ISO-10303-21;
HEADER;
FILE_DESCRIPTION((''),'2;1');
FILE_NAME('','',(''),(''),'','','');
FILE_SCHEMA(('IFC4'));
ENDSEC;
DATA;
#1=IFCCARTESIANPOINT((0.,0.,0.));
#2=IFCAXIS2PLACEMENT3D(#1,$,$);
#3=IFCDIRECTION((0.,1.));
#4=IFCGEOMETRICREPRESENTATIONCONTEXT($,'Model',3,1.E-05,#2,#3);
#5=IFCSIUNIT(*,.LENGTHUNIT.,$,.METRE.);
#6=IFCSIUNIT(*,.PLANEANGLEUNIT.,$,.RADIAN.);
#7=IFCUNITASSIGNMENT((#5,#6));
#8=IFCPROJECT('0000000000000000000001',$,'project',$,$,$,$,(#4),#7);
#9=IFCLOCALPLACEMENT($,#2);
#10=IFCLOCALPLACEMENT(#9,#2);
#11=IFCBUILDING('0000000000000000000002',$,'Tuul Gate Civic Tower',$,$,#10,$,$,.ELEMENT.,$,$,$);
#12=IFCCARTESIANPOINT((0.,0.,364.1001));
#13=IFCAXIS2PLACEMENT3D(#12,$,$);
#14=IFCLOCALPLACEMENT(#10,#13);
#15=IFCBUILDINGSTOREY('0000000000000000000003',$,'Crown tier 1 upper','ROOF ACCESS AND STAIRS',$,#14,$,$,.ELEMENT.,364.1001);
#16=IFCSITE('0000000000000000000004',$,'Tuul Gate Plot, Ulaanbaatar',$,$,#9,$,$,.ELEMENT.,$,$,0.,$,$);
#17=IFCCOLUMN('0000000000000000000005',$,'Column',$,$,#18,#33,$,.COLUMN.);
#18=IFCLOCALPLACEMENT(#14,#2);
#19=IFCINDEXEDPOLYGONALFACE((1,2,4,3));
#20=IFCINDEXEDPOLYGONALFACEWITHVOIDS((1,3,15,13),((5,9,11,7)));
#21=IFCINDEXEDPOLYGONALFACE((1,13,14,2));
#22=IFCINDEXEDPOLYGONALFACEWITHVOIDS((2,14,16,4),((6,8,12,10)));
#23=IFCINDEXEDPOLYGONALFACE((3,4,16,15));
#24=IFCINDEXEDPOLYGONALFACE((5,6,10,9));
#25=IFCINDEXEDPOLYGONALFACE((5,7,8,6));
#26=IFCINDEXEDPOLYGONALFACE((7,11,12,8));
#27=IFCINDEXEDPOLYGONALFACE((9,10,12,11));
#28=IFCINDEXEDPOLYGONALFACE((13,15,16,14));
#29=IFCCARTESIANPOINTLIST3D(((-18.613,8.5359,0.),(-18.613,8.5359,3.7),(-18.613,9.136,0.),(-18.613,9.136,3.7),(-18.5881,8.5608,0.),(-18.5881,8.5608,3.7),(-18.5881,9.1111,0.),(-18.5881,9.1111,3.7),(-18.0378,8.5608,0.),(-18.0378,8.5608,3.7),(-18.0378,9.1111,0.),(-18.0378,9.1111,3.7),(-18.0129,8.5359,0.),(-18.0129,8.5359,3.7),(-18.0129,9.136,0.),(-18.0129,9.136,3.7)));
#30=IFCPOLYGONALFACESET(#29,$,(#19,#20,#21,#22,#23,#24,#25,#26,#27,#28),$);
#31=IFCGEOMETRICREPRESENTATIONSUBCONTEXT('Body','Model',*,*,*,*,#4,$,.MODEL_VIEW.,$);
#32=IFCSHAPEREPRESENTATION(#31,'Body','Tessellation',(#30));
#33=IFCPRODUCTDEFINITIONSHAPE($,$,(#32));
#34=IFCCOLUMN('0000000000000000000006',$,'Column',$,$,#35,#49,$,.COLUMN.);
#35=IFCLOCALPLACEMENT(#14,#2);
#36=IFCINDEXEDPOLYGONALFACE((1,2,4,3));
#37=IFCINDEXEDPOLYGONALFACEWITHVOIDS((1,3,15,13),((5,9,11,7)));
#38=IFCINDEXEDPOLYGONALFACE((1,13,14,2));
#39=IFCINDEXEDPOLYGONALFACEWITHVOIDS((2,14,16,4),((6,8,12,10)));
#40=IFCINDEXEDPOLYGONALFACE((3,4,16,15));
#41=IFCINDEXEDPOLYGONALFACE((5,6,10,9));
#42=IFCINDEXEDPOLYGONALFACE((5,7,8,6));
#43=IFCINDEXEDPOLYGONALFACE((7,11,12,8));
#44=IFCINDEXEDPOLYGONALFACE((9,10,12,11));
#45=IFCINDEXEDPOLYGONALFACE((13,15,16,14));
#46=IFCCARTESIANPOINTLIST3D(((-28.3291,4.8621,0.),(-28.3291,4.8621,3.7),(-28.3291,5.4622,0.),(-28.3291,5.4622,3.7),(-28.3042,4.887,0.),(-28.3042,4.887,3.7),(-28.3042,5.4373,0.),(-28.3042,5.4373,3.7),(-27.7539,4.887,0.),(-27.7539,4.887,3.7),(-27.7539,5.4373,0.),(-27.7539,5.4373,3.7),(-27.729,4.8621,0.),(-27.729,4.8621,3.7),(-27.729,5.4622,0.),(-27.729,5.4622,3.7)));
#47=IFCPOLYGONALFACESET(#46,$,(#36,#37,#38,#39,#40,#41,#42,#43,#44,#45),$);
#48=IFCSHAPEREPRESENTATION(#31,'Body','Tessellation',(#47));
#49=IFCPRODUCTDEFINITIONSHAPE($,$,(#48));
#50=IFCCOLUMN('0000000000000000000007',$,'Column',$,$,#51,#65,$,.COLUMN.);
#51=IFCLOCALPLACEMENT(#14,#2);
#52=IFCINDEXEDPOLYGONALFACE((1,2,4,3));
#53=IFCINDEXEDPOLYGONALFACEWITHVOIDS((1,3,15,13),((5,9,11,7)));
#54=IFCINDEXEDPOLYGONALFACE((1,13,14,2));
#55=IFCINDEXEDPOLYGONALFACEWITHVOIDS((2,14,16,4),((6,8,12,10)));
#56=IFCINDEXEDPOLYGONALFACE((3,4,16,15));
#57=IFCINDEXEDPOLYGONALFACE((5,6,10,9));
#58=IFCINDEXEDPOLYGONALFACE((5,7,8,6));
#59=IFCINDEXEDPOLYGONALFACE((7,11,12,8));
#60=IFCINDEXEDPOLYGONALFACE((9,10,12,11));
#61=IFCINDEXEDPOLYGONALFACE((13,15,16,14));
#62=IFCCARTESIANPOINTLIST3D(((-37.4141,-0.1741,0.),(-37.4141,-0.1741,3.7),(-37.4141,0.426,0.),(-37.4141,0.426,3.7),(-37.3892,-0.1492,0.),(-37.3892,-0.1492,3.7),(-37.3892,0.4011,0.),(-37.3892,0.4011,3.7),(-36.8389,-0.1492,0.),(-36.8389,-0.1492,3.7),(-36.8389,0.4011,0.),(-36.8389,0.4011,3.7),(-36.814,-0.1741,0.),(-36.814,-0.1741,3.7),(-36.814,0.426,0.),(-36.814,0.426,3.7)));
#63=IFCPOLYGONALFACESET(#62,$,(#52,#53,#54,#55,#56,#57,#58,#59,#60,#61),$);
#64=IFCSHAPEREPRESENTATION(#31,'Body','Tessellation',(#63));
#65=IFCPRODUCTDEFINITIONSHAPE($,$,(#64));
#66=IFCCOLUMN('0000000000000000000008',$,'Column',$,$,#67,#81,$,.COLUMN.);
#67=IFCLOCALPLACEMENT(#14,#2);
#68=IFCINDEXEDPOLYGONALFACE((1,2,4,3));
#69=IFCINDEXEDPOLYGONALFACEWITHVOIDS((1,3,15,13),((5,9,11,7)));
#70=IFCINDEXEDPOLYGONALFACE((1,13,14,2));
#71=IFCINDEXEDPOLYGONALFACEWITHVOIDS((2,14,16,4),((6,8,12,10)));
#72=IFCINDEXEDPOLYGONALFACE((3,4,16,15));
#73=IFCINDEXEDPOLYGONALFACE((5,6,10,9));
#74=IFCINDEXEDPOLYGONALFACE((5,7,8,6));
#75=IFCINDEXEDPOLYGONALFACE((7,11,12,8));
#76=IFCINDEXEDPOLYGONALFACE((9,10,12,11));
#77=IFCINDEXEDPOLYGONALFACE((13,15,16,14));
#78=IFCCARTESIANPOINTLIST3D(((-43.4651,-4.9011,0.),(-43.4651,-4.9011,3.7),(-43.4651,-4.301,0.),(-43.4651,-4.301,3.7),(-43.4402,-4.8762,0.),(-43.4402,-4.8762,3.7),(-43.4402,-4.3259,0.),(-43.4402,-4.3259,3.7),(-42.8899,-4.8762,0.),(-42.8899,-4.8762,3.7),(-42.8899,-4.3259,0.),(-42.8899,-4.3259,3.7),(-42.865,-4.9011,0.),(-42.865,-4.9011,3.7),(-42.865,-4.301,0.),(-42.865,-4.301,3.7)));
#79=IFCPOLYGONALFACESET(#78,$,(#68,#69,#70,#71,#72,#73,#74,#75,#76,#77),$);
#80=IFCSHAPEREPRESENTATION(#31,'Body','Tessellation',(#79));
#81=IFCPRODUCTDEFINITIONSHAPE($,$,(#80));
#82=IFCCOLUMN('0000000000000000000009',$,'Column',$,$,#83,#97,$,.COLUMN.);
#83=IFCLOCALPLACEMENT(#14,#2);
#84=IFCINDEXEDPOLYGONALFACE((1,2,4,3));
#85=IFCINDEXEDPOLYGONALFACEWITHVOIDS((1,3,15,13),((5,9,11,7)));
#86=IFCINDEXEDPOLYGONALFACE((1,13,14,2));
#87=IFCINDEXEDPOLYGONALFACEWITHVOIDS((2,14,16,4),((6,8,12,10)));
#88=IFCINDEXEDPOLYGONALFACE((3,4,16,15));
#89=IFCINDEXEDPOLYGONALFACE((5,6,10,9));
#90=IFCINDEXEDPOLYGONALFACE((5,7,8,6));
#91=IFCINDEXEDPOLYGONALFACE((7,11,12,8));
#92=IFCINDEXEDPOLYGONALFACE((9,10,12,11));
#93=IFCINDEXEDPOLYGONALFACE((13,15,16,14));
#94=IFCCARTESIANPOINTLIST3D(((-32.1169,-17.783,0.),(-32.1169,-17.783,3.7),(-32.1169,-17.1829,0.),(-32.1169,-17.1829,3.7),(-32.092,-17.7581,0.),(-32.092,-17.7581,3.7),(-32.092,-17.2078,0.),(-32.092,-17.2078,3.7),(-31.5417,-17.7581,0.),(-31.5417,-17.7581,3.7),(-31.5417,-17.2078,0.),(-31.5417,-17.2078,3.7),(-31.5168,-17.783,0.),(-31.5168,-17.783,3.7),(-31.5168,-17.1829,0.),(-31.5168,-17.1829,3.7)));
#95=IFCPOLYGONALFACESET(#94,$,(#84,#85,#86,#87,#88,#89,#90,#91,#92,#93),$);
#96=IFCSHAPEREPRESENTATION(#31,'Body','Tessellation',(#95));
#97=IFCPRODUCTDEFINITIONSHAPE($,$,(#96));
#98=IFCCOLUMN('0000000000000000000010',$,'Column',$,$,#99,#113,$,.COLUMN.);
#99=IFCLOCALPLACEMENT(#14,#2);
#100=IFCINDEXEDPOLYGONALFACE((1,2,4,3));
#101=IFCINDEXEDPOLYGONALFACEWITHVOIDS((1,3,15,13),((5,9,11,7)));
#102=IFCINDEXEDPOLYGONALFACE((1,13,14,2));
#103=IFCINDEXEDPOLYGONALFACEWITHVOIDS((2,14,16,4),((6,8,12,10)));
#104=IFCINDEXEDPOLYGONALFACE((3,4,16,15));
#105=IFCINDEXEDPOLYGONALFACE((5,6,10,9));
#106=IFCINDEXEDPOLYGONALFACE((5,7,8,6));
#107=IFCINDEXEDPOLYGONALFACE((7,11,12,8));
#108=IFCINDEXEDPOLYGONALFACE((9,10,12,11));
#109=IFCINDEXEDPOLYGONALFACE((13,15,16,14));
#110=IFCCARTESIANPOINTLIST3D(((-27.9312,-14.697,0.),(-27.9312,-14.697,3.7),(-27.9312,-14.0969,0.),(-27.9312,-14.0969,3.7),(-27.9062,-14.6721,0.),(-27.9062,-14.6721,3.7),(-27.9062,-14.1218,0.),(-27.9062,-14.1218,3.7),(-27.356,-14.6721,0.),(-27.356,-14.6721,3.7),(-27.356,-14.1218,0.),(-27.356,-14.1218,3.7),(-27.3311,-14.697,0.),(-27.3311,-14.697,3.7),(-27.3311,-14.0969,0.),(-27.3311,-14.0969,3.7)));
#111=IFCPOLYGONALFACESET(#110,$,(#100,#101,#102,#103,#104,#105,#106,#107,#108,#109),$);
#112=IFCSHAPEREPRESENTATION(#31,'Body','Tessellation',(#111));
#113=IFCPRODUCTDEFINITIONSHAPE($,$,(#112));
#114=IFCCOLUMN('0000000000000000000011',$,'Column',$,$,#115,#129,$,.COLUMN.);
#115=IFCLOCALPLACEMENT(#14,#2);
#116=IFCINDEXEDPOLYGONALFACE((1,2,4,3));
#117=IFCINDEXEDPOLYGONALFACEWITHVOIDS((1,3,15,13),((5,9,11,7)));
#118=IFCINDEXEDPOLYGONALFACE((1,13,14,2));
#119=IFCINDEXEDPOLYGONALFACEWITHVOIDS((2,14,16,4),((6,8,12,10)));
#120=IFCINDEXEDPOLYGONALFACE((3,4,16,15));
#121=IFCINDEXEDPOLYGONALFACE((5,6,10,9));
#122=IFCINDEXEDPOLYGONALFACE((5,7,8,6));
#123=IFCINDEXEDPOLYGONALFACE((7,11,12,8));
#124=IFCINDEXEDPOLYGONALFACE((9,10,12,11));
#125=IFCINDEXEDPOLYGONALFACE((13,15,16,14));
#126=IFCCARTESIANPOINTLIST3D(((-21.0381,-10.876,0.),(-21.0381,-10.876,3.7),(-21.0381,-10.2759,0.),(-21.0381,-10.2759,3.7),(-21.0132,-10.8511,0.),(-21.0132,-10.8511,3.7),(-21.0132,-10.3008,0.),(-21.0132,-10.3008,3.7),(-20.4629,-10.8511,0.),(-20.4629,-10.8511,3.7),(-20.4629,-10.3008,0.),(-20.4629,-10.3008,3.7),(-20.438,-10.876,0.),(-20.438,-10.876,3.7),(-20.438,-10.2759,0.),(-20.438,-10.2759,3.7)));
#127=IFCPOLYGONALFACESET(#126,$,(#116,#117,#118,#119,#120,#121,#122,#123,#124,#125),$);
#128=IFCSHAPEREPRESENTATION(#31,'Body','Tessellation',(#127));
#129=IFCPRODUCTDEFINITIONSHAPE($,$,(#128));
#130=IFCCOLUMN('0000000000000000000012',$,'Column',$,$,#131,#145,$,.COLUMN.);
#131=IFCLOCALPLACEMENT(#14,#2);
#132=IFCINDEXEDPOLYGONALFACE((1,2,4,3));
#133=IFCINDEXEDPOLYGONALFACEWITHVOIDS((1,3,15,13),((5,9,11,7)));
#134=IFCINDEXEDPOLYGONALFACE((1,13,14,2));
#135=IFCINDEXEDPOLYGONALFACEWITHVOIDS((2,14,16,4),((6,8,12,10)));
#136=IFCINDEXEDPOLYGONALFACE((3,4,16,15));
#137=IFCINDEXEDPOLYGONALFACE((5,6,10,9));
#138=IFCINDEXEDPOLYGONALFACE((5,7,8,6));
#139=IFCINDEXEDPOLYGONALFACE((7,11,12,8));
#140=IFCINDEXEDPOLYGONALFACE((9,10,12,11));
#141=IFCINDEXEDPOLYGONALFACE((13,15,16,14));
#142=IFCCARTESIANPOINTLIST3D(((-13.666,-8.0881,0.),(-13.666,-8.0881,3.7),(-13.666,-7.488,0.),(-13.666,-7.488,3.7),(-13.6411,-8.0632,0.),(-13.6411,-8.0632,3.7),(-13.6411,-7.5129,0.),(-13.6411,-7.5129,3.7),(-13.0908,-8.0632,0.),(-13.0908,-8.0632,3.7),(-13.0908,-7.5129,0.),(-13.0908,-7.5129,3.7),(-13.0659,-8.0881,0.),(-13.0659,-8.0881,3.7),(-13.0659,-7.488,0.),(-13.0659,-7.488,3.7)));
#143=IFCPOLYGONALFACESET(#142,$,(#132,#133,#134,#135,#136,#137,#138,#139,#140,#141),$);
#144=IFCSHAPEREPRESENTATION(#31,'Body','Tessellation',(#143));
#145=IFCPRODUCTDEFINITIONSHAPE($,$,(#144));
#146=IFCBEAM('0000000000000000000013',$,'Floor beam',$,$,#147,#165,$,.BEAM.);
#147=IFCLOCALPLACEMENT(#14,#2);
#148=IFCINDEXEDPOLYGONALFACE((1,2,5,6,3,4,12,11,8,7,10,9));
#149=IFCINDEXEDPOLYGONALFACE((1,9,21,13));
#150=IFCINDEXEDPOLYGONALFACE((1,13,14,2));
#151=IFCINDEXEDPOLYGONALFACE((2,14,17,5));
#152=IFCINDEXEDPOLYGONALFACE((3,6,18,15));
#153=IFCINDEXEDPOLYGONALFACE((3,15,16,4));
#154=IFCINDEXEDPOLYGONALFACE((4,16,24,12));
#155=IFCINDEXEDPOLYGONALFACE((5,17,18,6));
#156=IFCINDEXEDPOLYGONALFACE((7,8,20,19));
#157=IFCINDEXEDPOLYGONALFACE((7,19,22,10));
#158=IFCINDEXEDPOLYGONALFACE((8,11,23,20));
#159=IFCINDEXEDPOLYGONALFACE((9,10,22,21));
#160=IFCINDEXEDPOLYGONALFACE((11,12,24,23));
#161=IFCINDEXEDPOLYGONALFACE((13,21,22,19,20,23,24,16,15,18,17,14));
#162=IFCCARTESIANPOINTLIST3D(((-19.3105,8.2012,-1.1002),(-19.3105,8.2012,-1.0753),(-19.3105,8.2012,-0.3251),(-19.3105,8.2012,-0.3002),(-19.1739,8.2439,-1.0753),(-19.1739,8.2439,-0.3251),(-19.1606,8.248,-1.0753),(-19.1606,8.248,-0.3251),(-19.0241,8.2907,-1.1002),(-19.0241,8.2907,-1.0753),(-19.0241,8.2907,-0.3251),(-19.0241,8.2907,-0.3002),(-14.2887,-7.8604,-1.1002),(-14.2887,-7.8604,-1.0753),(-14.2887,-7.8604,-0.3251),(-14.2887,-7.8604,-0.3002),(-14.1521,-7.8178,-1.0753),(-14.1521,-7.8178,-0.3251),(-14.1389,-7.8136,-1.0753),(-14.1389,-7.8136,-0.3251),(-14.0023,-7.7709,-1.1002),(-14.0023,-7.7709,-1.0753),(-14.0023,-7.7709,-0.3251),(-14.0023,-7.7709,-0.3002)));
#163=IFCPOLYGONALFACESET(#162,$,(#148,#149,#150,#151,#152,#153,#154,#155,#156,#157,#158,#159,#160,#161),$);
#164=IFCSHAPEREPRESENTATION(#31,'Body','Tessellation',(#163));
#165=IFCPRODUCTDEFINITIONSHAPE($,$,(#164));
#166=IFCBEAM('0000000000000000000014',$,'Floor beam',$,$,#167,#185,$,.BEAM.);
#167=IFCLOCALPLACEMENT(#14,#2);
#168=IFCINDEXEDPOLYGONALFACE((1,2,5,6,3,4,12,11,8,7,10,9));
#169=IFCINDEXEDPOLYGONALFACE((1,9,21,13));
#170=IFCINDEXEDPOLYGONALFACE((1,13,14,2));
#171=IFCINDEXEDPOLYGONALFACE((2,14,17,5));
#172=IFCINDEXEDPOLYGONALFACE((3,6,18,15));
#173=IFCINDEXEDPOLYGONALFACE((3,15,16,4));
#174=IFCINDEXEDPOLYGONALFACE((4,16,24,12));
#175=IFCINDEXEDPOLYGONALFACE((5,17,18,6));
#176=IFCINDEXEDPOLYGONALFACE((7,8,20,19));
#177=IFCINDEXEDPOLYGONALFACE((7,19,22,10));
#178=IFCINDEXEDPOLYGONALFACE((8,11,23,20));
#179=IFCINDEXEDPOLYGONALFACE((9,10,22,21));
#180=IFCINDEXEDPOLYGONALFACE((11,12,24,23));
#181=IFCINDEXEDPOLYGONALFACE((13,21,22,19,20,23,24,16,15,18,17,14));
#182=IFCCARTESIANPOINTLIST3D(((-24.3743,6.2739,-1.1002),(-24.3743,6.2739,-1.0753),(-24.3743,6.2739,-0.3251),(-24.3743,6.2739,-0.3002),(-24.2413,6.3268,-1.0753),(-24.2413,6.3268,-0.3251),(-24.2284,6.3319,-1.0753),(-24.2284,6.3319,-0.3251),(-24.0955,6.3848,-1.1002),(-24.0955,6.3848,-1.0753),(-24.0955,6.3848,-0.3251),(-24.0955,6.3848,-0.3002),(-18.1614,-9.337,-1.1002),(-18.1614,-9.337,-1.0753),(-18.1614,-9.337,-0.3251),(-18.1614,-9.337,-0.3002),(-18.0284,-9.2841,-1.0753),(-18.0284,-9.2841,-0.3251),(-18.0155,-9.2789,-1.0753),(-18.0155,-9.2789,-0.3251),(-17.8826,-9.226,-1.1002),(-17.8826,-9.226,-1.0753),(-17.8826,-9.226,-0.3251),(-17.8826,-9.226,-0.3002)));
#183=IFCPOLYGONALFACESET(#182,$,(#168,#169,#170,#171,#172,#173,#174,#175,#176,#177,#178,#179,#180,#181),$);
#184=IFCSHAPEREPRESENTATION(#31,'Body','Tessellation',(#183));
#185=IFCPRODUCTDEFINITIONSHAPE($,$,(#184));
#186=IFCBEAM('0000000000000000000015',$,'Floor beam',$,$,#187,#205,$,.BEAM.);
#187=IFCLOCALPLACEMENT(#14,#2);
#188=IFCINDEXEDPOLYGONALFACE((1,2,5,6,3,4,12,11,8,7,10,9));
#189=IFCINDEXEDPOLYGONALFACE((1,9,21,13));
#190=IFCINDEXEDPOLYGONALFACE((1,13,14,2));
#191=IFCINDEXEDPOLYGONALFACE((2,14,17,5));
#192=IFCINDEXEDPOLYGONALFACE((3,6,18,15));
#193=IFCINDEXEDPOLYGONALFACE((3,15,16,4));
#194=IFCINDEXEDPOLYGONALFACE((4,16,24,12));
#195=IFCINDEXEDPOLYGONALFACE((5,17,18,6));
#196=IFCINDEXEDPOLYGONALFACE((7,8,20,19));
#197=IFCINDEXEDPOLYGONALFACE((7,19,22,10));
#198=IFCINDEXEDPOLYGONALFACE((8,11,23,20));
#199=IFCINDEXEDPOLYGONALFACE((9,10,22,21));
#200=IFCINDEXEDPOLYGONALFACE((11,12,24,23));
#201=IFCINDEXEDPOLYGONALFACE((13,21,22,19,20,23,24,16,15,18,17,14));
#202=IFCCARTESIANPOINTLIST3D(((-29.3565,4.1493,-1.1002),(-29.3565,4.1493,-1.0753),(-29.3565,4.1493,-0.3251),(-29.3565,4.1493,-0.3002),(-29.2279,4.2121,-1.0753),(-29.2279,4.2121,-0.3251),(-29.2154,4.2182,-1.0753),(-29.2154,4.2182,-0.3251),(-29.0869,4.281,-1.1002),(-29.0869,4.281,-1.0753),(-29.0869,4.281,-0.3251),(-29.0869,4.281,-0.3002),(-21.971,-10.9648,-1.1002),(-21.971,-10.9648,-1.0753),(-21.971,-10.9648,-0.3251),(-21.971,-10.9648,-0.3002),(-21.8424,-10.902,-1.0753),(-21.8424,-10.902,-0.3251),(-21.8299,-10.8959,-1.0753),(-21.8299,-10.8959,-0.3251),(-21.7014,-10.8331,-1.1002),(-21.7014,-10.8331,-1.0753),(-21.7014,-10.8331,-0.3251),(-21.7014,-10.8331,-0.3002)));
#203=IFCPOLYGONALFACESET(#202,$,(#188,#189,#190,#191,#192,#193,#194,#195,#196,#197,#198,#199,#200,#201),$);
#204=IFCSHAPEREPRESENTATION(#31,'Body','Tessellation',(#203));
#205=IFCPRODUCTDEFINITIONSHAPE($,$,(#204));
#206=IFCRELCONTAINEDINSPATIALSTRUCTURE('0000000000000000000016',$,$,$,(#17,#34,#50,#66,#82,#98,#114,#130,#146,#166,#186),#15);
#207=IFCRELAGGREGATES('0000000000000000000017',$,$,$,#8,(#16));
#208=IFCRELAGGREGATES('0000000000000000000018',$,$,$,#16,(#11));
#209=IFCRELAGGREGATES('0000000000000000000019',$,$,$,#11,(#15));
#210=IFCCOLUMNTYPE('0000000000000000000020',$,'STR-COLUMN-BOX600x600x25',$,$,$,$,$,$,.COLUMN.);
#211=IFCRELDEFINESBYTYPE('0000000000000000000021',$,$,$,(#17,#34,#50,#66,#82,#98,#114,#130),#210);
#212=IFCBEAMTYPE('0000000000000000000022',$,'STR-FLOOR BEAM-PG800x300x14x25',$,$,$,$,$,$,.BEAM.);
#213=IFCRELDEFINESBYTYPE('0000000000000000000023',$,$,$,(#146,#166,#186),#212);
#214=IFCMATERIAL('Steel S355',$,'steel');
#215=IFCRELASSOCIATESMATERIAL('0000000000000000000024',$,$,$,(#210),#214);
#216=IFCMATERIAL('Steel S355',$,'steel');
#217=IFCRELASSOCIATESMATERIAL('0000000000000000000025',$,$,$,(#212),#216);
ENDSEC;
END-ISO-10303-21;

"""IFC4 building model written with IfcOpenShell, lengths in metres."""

from ifc_helpers import new_model, si_unit, direction, frame, origin, origin_2d, place, context, subcontext, project, spatial, hollow_rectangle, i_section, extrude, material, material_profile, profile_set, type_object, element, save


model = new_model("IFC4")

# Units and contexts
model_context = context("Model", 3, precision=1e-05, world=origin(), true_north=direction((0.0, 1.0)))
body_context = subcontext(model_context, "Body", "Model", "MODEL_VIEW")
ifc_project = project(units=[si_unit("LENGTHUNIT", "METRE"), si_unit("PLANEANGLEUNIT", "RADIAN")], contexts=[model_context])

# Site, building, storey
site_placement = place(None, origin())
site = spatial("IfcSite", under=ifc_project, at=site_placement, Name="Tuul Gate Plot, Ulaanbaatar", CompositionType="ELEMENT", RefElevation=0.0)
building_placement = place(site_placement, origin())
building = spatial("IfcBuilding", under=site, at=building_placement, Name="Tuul Gate Civic Tower", CompositionType="ELEMENT")
storey_placement = place(building_placement, frame((0.0, 0.0, 364.1001)))
storey = spatial("IfcBuildingStorey", under=building, at=storey_placement, Name="Crown tier 1 upper", Description="ROOF ACCESS AND STAIRS", CompositionType="ELEMENT", Elevation=364.1001)

# Columns
ifc_material_1 = material(Name="Steel S355", Category="steel")
ifc_material_profile_1 = material_profile(ifc_material_1, hollow_rectangle(XDim=0.6001, YDim=0.6001, WallThickness=0.0249, at=origin_2d()), Name="BOX600x600x25")
ifc_profile_set_1 = profile_set([ifc_material_profile_1], Name="Steel S355")
column_type = type_object("IfcColumnType", Name="STR-COLUMN-BOX600x600x25", PredefinedType="COLUMN", material=ifc_profile_set_1)
for number, where, z_axis, x_axis, name in (
    (1, (-18.313, 8.8359, 0.0), (0.0, 0.0, 1.0), (1.0, 0.0, 0.0), "Column"),
    (2, (-28.0291, 5.1621, 0.0), (0.0, 0.0, 1.0), (1.0, 0.0, 0.0), "Column"),
    (3, (-37.114, 0.126, 0.0), (0.0, 0.0, 1.0), (1.0, 0.0, 0.0), "Column"),
    (4, (-43.165, -4.6011, 0.0), (0.0, 0.0, 1.0), (1.0, 0.0, 0.0), "Column"),
    (5, (-31.8169, -17.4829, 0.0), (0.0, 0.0, 1.0), (1.0, 0.0, 0.0), "Column"),
    (6, (-27.6311, -14.397, 0.0), (0.0, 0.0, 1.0), (1.0, 0.0, 0.0), "Column"),
    (7, (-20.738, -10.5759, 0.0), (0.0, 0.0, 1.0), (1.0, 0.0, 0.0), "Column"),
    (8, (-13.366, -7.7881, 0.0), (0.0, 0.0, 1.0), (1.0, 0.0, 0.0), "Column"),
):
    element("IfcColumn", number, at=place(storey_placement, frame(where, z_axis=z_axis, x_axis=x_axis)), inside=storey, type_object=column_type, Name=name, PredefinedType="COLUMN", context=body_context, shape_type="SweptSolid", body=[
        extrude(hollow_rectangle(XDim=0.6001, YDim=0.6001, WallThickness=0.0249, at=origin_2d()), origin(), (0.0, 0.0, 1.0), 3.7),
    ])

# Beams
ifc_material_2 = material(Name="Steel S355", Category="steel")
ifc_material_profile_2 = material_profile(ifc_material_2, i_section(OverallWidth=0.3, OverallDepth=0.8, WebThickness=0.0139, FlangeThickness=0.0249, at=origin_2d()), Name="PG800x300x14x25")
ifc_profile_set_2 = profile_set([ifc_material_profile_2], Name="Steel S355")
beam_type_1 = type_object("IfcBeamType", Name="STR-FLOOR BEAM-PG800x300x14x25", PredefinedType="BEAM", material=ifc_profile_set_2)
beam_1_placement = place(storey_placement, frame((-14.1455, -7.8157, -0.7002), z_axis=(-0.29841, 0.954438, 0.0), x_axis=(-0.954438, -0.29841, 0.0)))
element("IfcBeam", 9, at=beam_1_placement, inside=storey, type_object=beam_type_1, Name="Floor beam", PredefinedType="BEAM", context=body_context, shape_type="SweptSolid", body=[
    extrude(i_section(OverallWidth=0.3, OverallDepth=0.8, WebThickness=0.0139, FlangeThickness=0.0249, at=origin_2d()), origin(), (0.0, 0.0, 1.0), 16.8284),
])
beam_2_placement = place(storey_placement, frame((-18.022, -9.2815, -0.7002), z_axis=(-0.369777, 0.929121, 0.0), x_axis=(-0.929121, -0.369777, 0.0)))
element("IfcBeam", 10, at=beam_2_placement, inside=storey, type_object=beam_type_1, Name="Floor beam", PredefinedType="BEAM", context=body_context, shape_type="SweptSolid", body=[
    extrude(i_section(OverallWidth=0.3, OverallDepth=0.8, WebThickness=0.0139, FlangeThickness=0.0249, at=origin_2d()), origin(), (0.0, 0.0, 1.0), 16.8018),
])
beam_3_placement = place(storey_placement, frame((-21.8362, -10.8989, -0.7002), z_axis=(-0.439039, 0.898468, 0.0), x_axis=(-0.898468, -0.439039, 0.0)))
element("IfcBeam", 11, at=beam_3_placement, inside=storey, type_object=beam_type_1, Name="Floor beam", PredefinedType="BEAM", context=body_context, shape_type="SweptSolid", body=[
    extrude(i_section(OverallWidth=0.3, OverallDepth=0.8, WebThickness=0.0139, FlangeThickness=0.0249, at=origin_2d()), origin(), (0.0, 0.0, 1.0), 16.822),
])

save(model, "model.ifc")
